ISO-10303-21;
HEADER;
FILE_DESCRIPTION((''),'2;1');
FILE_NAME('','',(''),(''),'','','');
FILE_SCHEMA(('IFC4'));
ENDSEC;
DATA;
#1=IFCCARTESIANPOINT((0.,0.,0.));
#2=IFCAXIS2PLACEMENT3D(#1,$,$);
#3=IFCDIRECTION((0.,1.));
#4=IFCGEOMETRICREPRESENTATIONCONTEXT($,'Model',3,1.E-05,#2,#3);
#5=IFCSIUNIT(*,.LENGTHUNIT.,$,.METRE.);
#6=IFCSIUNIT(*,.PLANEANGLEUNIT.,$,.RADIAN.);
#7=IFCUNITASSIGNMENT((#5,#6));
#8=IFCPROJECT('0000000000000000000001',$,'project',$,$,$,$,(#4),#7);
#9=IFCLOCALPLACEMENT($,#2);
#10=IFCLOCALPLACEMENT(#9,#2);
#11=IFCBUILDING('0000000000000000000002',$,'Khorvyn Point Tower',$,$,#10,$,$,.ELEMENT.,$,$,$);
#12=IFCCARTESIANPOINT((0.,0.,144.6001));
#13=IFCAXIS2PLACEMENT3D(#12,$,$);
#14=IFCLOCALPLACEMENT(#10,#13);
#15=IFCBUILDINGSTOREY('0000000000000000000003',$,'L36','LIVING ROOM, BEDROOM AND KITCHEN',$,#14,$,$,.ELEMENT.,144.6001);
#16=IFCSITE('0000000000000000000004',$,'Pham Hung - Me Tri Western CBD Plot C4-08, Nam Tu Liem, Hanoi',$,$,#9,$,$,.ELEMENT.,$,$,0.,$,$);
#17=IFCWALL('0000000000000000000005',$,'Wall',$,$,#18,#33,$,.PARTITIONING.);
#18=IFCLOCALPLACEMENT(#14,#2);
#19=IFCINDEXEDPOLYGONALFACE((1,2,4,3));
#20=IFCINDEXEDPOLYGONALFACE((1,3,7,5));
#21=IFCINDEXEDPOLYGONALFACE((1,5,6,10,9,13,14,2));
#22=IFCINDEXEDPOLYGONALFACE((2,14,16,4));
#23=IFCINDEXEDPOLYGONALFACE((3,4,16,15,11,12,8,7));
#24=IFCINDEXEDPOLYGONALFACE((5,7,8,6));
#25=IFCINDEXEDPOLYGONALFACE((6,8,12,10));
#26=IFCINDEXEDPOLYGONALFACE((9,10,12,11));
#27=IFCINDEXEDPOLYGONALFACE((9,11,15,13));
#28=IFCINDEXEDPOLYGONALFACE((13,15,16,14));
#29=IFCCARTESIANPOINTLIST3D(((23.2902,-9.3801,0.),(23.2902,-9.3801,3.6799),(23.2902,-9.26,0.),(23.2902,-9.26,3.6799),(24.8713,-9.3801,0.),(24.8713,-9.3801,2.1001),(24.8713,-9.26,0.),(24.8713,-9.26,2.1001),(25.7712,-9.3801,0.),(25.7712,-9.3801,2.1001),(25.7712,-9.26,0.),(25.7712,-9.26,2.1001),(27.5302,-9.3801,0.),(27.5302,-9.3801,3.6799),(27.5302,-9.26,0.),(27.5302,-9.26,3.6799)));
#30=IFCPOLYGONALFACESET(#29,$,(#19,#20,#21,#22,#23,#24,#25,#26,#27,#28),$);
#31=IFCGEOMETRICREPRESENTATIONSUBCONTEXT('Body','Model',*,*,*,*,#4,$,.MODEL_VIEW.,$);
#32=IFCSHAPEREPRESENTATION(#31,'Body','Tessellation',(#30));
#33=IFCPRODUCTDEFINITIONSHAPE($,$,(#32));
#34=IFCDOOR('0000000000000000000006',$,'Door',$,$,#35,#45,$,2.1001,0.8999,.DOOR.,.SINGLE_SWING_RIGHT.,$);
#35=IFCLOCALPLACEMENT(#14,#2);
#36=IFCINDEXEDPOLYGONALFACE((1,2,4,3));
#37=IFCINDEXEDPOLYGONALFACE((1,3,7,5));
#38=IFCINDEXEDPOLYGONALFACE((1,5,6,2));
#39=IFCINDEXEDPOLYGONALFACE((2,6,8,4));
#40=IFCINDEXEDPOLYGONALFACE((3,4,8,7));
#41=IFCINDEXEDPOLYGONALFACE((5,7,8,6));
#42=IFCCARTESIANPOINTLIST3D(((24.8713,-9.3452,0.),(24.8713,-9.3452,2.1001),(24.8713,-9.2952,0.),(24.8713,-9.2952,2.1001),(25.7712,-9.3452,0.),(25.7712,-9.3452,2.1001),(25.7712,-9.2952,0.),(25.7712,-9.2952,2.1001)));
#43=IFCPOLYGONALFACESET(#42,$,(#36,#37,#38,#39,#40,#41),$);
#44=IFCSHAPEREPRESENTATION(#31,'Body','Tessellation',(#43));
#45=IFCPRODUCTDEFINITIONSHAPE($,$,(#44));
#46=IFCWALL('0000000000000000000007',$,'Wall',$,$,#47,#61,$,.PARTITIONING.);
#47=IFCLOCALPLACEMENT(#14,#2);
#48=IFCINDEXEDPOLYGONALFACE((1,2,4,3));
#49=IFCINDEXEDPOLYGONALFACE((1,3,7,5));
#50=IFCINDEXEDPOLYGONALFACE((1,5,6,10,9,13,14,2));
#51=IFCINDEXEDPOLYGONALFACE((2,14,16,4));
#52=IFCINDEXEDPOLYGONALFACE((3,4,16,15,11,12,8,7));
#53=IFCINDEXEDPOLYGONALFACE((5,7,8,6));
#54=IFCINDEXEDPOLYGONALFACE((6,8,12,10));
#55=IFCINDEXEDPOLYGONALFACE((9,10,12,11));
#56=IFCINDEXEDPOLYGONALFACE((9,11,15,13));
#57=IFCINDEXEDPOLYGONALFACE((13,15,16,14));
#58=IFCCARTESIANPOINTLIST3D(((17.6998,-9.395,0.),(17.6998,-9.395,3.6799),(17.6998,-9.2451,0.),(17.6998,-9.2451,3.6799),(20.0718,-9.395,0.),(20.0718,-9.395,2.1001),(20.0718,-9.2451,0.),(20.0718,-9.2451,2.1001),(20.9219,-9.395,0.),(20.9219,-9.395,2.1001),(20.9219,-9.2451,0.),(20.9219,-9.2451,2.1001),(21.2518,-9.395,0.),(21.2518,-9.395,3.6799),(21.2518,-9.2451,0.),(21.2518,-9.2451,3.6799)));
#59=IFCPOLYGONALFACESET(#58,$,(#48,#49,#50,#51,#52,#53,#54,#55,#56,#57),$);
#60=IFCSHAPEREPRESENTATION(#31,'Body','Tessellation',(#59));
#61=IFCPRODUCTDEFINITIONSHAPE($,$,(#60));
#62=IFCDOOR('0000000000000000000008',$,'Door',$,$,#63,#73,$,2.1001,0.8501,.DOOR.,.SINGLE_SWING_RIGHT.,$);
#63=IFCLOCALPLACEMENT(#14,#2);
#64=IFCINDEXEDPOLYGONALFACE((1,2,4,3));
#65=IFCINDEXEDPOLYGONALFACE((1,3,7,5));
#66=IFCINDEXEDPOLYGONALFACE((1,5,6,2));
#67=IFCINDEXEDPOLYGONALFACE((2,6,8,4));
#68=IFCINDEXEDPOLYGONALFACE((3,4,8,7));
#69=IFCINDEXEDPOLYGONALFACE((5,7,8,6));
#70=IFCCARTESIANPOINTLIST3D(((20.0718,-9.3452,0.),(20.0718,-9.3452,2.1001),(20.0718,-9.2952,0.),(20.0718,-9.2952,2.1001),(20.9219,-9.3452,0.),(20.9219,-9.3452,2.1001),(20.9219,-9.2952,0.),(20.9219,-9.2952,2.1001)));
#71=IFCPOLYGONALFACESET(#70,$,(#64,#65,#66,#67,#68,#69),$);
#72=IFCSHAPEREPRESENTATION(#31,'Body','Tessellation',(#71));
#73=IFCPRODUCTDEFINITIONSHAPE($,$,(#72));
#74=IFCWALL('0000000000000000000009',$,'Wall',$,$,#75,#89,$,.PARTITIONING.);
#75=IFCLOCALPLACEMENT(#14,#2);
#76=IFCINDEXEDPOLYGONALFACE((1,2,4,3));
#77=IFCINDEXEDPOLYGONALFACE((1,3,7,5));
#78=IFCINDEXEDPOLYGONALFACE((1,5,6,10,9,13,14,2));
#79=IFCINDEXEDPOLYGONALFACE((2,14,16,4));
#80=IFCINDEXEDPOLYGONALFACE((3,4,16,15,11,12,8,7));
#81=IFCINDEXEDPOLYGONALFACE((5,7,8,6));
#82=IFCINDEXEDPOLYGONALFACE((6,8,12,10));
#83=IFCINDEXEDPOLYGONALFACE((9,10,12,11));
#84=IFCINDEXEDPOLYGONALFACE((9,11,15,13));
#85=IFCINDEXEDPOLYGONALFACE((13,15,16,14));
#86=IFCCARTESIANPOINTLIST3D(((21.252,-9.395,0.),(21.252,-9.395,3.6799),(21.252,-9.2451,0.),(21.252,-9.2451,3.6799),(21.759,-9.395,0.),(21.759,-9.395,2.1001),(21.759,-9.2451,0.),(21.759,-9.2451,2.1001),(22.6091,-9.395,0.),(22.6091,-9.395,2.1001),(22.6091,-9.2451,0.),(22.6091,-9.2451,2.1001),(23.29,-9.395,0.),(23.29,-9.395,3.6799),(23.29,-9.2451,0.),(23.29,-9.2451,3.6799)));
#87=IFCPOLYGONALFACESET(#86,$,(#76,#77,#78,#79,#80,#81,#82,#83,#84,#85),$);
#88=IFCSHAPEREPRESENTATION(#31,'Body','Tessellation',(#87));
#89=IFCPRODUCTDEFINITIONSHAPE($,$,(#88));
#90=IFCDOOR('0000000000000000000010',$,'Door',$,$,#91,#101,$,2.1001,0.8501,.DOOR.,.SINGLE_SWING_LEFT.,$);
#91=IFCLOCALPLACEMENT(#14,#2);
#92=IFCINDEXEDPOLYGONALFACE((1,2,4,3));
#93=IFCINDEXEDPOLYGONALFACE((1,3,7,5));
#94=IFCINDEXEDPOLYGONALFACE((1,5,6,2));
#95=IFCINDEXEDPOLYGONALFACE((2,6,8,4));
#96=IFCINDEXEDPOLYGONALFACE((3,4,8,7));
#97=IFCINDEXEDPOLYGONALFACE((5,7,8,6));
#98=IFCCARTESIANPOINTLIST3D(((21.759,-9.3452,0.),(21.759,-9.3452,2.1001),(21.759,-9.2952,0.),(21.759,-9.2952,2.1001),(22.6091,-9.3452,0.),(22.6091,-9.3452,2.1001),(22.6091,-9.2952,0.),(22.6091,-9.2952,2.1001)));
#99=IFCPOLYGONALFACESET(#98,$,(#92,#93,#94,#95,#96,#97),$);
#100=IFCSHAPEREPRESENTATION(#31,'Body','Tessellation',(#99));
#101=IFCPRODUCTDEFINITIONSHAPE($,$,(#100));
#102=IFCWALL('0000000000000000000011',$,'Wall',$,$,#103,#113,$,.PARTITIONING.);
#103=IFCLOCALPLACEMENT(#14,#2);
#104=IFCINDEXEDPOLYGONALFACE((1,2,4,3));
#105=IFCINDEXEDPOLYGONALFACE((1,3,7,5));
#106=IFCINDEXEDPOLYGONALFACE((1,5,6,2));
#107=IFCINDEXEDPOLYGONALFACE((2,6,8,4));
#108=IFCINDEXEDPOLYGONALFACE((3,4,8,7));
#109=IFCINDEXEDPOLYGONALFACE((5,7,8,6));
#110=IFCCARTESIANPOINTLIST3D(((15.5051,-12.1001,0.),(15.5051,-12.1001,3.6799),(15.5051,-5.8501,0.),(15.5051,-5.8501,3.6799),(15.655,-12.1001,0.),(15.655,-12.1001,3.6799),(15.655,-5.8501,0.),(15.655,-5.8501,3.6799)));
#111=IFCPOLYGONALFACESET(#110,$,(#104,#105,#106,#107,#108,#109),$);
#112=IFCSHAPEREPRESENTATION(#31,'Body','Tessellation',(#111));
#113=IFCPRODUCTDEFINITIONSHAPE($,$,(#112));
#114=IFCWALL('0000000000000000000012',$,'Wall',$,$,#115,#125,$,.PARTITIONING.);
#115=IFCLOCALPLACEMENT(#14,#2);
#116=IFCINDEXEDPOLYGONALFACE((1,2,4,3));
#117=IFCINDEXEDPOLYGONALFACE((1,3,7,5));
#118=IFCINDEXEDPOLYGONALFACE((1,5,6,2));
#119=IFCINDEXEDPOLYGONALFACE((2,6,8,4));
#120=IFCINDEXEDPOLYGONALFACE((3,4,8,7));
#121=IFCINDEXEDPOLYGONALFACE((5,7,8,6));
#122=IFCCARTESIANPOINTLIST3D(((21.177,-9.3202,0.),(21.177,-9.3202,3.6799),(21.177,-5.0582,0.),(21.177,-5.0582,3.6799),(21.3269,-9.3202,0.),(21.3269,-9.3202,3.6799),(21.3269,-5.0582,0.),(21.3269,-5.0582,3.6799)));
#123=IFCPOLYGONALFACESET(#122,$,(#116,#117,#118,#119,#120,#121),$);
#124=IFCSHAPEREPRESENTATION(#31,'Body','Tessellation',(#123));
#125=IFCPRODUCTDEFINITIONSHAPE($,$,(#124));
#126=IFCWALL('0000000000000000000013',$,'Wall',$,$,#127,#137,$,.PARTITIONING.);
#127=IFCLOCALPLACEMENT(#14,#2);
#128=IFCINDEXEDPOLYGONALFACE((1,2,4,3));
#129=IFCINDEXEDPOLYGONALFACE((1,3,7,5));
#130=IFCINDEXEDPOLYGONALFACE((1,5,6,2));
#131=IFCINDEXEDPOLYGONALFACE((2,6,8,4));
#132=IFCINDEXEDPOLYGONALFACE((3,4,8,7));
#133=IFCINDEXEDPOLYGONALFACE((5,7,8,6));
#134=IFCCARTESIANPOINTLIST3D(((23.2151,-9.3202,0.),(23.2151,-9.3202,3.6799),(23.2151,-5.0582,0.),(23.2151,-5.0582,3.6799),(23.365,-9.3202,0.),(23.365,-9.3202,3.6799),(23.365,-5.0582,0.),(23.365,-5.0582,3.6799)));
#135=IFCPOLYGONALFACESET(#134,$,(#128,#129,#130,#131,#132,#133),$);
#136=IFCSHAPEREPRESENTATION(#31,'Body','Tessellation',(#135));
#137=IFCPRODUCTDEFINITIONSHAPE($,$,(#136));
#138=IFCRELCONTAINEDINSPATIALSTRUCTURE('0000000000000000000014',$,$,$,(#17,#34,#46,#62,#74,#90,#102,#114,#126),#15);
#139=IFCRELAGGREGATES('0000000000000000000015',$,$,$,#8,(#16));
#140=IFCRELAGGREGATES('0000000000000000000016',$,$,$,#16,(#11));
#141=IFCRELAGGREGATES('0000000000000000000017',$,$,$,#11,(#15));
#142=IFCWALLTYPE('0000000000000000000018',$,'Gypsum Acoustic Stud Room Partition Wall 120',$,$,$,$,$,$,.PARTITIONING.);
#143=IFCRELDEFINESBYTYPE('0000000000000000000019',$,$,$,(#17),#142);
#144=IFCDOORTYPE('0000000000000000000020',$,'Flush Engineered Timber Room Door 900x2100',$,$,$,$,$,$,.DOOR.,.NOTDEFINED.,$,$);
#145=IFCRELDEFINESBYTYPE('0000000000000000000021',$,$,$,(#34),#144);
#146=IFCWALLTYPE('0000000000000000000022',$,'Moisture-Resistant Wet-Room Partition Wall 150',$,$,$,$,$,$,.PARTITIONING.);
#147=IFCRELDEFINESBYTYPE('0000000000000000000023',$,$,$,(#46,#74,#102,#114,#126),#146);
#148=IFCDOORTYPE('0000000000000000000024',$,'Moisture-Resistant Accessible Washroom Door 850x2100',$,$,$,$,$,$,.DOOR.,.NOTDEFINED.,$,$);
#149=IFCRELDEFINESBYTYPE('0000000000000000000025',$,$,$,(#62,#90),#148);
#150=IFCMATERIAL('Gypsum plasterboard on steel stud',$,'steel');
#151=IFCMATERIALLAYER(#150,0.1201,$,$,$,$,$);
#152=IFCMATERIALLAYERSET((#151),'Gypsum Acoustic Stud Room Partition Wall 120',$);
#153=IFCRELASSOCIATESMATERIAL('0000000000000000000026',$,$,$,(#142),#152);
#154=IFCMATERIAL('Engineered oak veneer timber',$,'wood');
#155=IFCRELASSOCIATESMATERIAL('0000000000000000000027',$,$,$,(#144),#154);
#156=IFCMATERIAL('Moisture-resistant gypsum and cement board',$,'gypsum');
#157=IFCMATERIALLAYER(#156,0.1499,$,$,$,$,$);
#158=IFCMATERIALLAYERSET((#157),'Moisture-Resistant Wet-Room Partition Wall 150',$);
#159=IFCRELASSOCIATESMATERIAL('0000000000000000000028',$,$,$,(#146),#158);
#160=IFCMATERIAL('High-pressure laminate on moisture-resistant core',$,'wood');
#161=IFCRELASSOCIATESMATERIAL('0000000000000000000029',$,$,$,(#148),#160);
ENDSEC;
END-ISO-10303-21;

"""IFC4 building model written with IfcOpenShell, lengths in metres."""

from ifc_helpers import new_model, si_unit, direction, frame, frame_2d, origin, place, context, subcontext, project, spatial, rectangle, extrude, material, layer, layer_set, type_object, element, fill, save


model = new_model("IFC4")

# Units and contexts
model_context = context("Model", 3, precision=1e-05, world=origin(), true_north=direction((0.0, 1.0)))
body_context = subcontext(model_context, "Body", "Model", "MODEL_VIEW")
ifc_project = project(units=[si_unit("LENGTHUNIT", "METRE"), si_unit("PLANEANGLEUNIT", "RADIAN")], contexts=[model_context])

# Site, building, storey
site_placement = place(None, origin())
site = spatial("IfcSite", under=ifc_project, at=site_placement, Name="Pham Hung - Me Tri Western CBD Plot C4-08, Nam Tu Liem, Hanoi", CompositionType="ELEMENT", RefElevation=0.0)
building_placement = place(site_placement, origin())
building = spatial("IfcBuilding", under=site, at=building_placement, Name="Khorvyn Point Tower", CompositionType="ELEMENT")
storey_placement = place(building_placement, frame((0.0, 0.0, 144.6001)))
storey = spatial("IfcBuildingStorey", under=building, at=storey_placement, Name="L36", Description="LIVING ROOM, BEDROOM AND KITCHEN", CompositionType="ELEMENT", Elevation=144.6001)

# Walls, openings, doors
ifc_material_1 = material(Name="Gypsum plasterboard on steel stud", Category="steel")
ifc_layer_1 = layer(ifc_material_1, 0.1201)
ifc_layer_set_1 = layer_set([ifc_layer_1], Name="Gypsum Acoustic Stud Room Partition Wall 120")
wall_type_1 = type_object("IfcWallType", Name="Gypsum Acoustic Stud Room Partition Wall 120", PredefinedType="PARTITIONING", material=ifc_layer_set_1)
wall_1_placement = place(storey_placement, frame((23.29, -9.3201, 0.0), z_axis=(0.0, 0.0, 1.0), x_axis=(1.0, 0.0, 0.0)))
wall_1 = element("IfcWall", 1, at=wall_1_placement, inside=storey, type_object=wall_type_1, Name="Wall", PredefinedType="PARTITIONING", context=body_context, shape_type="SweptSolid", body=[
    extrude(rectangle(XDim=4.24, YDim=0.1201, at=frame_2d((2.1201, 0.0))), origin(), (0.0, 0.0, 1.0), 3.6799),
])
opening_1_placement = place(wall_1_placement, frame((1.5813, 0.0, 0.0)))
opening_1 = element("IfcOpeningElement", 2, at=opening_1_placement, cuts=wall_1, PredefinedType="OPENING", context=body_context, shape_type="SweptSolid", body=[
    extrude(rectangle(XDim=0.8999, YDim=2.1001, at=frame_2d((0.45, 1.05))), frame((0.0, 0.0701, 0.0), z_axis=(0.0, -1.0, 0.0), x_axis=(1.0, 0.0, 0.0)), (0.0, 0.0, 1.0), 0.1401),
])
ifc_material_2 = material(Name="Engineered oak veneer timber", Category="wood")
door_type_1 = type_object("IfcDoorType", Name="Flush Engineered Timber Room Door 900x2100", OperationType="NOTDEFINED", PredefinedType="DOOR", material=ifc_material_2)
door_1_placement = place(opening_1_placement, origin())
door_1 = element("IfcDoor", 3, at=door_1_placement, inside=storey, type_object=door_type_1, Name="Door", OperationType="SINGLE_SWING_RIGHT", OverallHeight=2.1001, OverallWidth=0.8999, PredefinedType="DOOR", context=body_context, shape_type="SweptSolid", body=[
    extrude(rectangle(XDim=0.8999, YDim=2.1001, at=frame_2d((0.45, 1.05))), frame((0.0, 0.0249, 0.0), z_axis=(0.0, -1.0, 0.0), x_axis=(1.0, 0.0, 0.0)), (0.0, 0.0, 1.0), 0.05),
])
fill(opening_1, door_1)
ifc_material_3 = material(Name="Moisture-resistant gypsum and cement board", Category="gypsum")
ifc_layer_2 = layer(ifc_material_3, 0.1499)
ifc_layer_set_2 = layer_set([ifc_layer_2], Name="Moisture-Resistant Wet-Room Partition Wall 150")
wall_type_2 = type_object("IfcWallType", Name="Moisture-Resistant Wet-Room Partition Wall 150", PredefinedType="PARTITIONING", material=ifc_layer_set_2)
wall_2_placement = place(storey_placement, frame((17.7, -9.3201, 0.0), z_axis=(0.0, 0.0, 1.0), x_axis=(1.0, 0.0, 0.0)))
wall_2 = element("IfcWall", 4, at=wall_2_placement, inside=storey, type_object=wall_type_2, Name="Wall", PredefinedType="PARTITIONING", context=body_context, shape_type="SweptSolid", body=[
    extrude(rectangle(XDim=3.552, YDim=0.1499, at=frame_2d((1.7759, 0.0))), origin(), (0.0, 0.0, 1.0), 3.6799),
])
opening_2_placement = place(wall_2_placement, frame((2.3718, 0.0, 0.0)))
opening_2 = element("IfcOpeningElement", 5, at=opening_2_placement, cuts=wall_2, PredefinedType="OPENING", context=body_context, shape_type="SweptSolid", body=[
    extrude(rectangle(XDim=0.8501, YDim=2.1001, at=frame_2d((0.425, 1.05))), frame((0.0, 0.085, 0.0), z_axis=(0.0, -1.0, 0.0), x_axis=(1.0, 0.0, 0.0)), (0.0, 0.0, 1.0), 0.1699),
])
ifc_material_4 = material(Name="High-pressure laminate on moisture-resistant core", Category="wood")
door_type_2 = type_object("IfcDoorType", Name="Moisture-Resistant Accessible Washroom Door 850x2100", OperationType="NOTDEFINED", PredefinedType="DOOR", material=ifc_material_4)
door_2_placement = place(opening_2_placement, origin())
door_2 = element("IfcDoor", 6, at=door_2_placement, inside=storey, type_object=door_type_2, Name="Door", OperationType="SINGLE_SWING_RIGHT", OverallHeight=2.1001, OverallWidth=0.8501, PredefinedType="DOOR", context=body_context, shape_type="SweptSolid", body=[
    extrude(rectangle(XDim=0.8501, YDim=2.1001, at=frame_2d((0.425, 1.05))), frame((0.0, 0.0249, 0.0), z_axis=(0.0, -1.0, 0.0), x_axis=(1.0, 0.0, 0.0)), (0.0, 0.0, 1.0), 0.05),
])
fill(opening_2, door_2)
wall_3_placement = place(storey_placement, frame((21.252, -9.3201, 0.0), z_axis=(0.0, 0.0, 1.0), x_axis=(1.0, 0.0, 0.0)))
wall_3 = element("IfcWall", 7, at=wall_3_placement, inside=storey, type_object=wall_type_2, Name="Wall", PredefinedType="PARTITIONING", context=body_context, shape_type="SweptSolid", body=[
    extrude(rectangle(XDim=2.0381, YDim=0.1499, at=frame_2d((1.019, 0.0))), origin(), (0.0, 0.0, 1.0), 3.6799),
])
opening_3_placement = place(wall_3_placement, frame((0.5071, 0.0, 0.0)))
opening_3 = element("IfcOpeningElement", 8, at=opening_3_placement, cuts=wall_3, PredefinedType="OPENING", context=body_context, shape_type="SweptSolid", body=[
    extrude(rectangle(XDim=0.8501, YDim=2.1001, at=frame_2d((0.425, 1.05))), frame((0.0, 0.085, 0.0), z_axis=(0.0, -1.0, 0.0), x_axis=(1.0, 0.0, 0.0)), (0.0, 0.0, 1.0), 0.1699),
])
door_3_placement = place(opening_3_placement, origin())
door_3 = element("IfcDoor", 9, at=door_3_placement, inside=storey, type_object=door_type_2, Name="Door", OperationType="SINGLE_SWING_LEFT", OverallHeight=2.1001, OverallWidth=0.8501, PredefinedType="DOOR", context=body_context, shape_type="SweptSolid", body=[
    extrude(rectangle(XDim=0.8501, YDim=2.1001, at=frame_2d((0.425, 1.05))), frame((0.0, 0.0249, 0.0), z_axis=(0.0, -1.0, 0.0), x_axis=(1.0, 0.0, 0.0)), (0.0, 0.0, 1.0), 0.05),
])
fill(opening_3, door_3)

# Walls
wall_4_placement = place(storey_placement, frame((15.5801, -12.1001, 0.0), z_axis=(0.0, 0.0, 1.0), x_axis=(0.0, 1.0, 0.0)))
element("IfcWall", 10, at=wall_4_placement, inside=storey, type_object=wall_type_2, Name="Wall", PredefinedType="PARTITIONING", context=body_context, shape_type="SweptSolid", body=[
    extrude(rectangle(XDim=6.25, YDim=0.1499, at=frame_2d((3.125, 0.0))), origin(), (0.0, 0.0, 1.0), 3.6799),
])
for number, where, z_axis, x_axis, name in (
    (11, (21.252, -9.3201, 0.0), (0.0, 0.0, 1.0), (0.0, 1.0, 0.0), "Wall"),
    (12, (23.29, -9.3201, 0.0), (0.0, 0.0, 1.0), (0.0, 1.0, 0.0), "Wall"),
):
    element("IfcWall", number, at=place(storey_placement, frame(where, z_axis=z_axis, x_axis=x_axis)), inside=storey, type_object=wall_type_2, Name=name, PredefinedType="PARTITIONING", context=body_context, shape_type="SweptSolid", body=[
        extrude(rectangle(XDim=4.262, YDim=0.1499, at=frame_2d((2.1309, 0.0))), origin(), (0.0, 0.0, 1.0), 3.6799),
    ])

save(model, "model.ifc")
